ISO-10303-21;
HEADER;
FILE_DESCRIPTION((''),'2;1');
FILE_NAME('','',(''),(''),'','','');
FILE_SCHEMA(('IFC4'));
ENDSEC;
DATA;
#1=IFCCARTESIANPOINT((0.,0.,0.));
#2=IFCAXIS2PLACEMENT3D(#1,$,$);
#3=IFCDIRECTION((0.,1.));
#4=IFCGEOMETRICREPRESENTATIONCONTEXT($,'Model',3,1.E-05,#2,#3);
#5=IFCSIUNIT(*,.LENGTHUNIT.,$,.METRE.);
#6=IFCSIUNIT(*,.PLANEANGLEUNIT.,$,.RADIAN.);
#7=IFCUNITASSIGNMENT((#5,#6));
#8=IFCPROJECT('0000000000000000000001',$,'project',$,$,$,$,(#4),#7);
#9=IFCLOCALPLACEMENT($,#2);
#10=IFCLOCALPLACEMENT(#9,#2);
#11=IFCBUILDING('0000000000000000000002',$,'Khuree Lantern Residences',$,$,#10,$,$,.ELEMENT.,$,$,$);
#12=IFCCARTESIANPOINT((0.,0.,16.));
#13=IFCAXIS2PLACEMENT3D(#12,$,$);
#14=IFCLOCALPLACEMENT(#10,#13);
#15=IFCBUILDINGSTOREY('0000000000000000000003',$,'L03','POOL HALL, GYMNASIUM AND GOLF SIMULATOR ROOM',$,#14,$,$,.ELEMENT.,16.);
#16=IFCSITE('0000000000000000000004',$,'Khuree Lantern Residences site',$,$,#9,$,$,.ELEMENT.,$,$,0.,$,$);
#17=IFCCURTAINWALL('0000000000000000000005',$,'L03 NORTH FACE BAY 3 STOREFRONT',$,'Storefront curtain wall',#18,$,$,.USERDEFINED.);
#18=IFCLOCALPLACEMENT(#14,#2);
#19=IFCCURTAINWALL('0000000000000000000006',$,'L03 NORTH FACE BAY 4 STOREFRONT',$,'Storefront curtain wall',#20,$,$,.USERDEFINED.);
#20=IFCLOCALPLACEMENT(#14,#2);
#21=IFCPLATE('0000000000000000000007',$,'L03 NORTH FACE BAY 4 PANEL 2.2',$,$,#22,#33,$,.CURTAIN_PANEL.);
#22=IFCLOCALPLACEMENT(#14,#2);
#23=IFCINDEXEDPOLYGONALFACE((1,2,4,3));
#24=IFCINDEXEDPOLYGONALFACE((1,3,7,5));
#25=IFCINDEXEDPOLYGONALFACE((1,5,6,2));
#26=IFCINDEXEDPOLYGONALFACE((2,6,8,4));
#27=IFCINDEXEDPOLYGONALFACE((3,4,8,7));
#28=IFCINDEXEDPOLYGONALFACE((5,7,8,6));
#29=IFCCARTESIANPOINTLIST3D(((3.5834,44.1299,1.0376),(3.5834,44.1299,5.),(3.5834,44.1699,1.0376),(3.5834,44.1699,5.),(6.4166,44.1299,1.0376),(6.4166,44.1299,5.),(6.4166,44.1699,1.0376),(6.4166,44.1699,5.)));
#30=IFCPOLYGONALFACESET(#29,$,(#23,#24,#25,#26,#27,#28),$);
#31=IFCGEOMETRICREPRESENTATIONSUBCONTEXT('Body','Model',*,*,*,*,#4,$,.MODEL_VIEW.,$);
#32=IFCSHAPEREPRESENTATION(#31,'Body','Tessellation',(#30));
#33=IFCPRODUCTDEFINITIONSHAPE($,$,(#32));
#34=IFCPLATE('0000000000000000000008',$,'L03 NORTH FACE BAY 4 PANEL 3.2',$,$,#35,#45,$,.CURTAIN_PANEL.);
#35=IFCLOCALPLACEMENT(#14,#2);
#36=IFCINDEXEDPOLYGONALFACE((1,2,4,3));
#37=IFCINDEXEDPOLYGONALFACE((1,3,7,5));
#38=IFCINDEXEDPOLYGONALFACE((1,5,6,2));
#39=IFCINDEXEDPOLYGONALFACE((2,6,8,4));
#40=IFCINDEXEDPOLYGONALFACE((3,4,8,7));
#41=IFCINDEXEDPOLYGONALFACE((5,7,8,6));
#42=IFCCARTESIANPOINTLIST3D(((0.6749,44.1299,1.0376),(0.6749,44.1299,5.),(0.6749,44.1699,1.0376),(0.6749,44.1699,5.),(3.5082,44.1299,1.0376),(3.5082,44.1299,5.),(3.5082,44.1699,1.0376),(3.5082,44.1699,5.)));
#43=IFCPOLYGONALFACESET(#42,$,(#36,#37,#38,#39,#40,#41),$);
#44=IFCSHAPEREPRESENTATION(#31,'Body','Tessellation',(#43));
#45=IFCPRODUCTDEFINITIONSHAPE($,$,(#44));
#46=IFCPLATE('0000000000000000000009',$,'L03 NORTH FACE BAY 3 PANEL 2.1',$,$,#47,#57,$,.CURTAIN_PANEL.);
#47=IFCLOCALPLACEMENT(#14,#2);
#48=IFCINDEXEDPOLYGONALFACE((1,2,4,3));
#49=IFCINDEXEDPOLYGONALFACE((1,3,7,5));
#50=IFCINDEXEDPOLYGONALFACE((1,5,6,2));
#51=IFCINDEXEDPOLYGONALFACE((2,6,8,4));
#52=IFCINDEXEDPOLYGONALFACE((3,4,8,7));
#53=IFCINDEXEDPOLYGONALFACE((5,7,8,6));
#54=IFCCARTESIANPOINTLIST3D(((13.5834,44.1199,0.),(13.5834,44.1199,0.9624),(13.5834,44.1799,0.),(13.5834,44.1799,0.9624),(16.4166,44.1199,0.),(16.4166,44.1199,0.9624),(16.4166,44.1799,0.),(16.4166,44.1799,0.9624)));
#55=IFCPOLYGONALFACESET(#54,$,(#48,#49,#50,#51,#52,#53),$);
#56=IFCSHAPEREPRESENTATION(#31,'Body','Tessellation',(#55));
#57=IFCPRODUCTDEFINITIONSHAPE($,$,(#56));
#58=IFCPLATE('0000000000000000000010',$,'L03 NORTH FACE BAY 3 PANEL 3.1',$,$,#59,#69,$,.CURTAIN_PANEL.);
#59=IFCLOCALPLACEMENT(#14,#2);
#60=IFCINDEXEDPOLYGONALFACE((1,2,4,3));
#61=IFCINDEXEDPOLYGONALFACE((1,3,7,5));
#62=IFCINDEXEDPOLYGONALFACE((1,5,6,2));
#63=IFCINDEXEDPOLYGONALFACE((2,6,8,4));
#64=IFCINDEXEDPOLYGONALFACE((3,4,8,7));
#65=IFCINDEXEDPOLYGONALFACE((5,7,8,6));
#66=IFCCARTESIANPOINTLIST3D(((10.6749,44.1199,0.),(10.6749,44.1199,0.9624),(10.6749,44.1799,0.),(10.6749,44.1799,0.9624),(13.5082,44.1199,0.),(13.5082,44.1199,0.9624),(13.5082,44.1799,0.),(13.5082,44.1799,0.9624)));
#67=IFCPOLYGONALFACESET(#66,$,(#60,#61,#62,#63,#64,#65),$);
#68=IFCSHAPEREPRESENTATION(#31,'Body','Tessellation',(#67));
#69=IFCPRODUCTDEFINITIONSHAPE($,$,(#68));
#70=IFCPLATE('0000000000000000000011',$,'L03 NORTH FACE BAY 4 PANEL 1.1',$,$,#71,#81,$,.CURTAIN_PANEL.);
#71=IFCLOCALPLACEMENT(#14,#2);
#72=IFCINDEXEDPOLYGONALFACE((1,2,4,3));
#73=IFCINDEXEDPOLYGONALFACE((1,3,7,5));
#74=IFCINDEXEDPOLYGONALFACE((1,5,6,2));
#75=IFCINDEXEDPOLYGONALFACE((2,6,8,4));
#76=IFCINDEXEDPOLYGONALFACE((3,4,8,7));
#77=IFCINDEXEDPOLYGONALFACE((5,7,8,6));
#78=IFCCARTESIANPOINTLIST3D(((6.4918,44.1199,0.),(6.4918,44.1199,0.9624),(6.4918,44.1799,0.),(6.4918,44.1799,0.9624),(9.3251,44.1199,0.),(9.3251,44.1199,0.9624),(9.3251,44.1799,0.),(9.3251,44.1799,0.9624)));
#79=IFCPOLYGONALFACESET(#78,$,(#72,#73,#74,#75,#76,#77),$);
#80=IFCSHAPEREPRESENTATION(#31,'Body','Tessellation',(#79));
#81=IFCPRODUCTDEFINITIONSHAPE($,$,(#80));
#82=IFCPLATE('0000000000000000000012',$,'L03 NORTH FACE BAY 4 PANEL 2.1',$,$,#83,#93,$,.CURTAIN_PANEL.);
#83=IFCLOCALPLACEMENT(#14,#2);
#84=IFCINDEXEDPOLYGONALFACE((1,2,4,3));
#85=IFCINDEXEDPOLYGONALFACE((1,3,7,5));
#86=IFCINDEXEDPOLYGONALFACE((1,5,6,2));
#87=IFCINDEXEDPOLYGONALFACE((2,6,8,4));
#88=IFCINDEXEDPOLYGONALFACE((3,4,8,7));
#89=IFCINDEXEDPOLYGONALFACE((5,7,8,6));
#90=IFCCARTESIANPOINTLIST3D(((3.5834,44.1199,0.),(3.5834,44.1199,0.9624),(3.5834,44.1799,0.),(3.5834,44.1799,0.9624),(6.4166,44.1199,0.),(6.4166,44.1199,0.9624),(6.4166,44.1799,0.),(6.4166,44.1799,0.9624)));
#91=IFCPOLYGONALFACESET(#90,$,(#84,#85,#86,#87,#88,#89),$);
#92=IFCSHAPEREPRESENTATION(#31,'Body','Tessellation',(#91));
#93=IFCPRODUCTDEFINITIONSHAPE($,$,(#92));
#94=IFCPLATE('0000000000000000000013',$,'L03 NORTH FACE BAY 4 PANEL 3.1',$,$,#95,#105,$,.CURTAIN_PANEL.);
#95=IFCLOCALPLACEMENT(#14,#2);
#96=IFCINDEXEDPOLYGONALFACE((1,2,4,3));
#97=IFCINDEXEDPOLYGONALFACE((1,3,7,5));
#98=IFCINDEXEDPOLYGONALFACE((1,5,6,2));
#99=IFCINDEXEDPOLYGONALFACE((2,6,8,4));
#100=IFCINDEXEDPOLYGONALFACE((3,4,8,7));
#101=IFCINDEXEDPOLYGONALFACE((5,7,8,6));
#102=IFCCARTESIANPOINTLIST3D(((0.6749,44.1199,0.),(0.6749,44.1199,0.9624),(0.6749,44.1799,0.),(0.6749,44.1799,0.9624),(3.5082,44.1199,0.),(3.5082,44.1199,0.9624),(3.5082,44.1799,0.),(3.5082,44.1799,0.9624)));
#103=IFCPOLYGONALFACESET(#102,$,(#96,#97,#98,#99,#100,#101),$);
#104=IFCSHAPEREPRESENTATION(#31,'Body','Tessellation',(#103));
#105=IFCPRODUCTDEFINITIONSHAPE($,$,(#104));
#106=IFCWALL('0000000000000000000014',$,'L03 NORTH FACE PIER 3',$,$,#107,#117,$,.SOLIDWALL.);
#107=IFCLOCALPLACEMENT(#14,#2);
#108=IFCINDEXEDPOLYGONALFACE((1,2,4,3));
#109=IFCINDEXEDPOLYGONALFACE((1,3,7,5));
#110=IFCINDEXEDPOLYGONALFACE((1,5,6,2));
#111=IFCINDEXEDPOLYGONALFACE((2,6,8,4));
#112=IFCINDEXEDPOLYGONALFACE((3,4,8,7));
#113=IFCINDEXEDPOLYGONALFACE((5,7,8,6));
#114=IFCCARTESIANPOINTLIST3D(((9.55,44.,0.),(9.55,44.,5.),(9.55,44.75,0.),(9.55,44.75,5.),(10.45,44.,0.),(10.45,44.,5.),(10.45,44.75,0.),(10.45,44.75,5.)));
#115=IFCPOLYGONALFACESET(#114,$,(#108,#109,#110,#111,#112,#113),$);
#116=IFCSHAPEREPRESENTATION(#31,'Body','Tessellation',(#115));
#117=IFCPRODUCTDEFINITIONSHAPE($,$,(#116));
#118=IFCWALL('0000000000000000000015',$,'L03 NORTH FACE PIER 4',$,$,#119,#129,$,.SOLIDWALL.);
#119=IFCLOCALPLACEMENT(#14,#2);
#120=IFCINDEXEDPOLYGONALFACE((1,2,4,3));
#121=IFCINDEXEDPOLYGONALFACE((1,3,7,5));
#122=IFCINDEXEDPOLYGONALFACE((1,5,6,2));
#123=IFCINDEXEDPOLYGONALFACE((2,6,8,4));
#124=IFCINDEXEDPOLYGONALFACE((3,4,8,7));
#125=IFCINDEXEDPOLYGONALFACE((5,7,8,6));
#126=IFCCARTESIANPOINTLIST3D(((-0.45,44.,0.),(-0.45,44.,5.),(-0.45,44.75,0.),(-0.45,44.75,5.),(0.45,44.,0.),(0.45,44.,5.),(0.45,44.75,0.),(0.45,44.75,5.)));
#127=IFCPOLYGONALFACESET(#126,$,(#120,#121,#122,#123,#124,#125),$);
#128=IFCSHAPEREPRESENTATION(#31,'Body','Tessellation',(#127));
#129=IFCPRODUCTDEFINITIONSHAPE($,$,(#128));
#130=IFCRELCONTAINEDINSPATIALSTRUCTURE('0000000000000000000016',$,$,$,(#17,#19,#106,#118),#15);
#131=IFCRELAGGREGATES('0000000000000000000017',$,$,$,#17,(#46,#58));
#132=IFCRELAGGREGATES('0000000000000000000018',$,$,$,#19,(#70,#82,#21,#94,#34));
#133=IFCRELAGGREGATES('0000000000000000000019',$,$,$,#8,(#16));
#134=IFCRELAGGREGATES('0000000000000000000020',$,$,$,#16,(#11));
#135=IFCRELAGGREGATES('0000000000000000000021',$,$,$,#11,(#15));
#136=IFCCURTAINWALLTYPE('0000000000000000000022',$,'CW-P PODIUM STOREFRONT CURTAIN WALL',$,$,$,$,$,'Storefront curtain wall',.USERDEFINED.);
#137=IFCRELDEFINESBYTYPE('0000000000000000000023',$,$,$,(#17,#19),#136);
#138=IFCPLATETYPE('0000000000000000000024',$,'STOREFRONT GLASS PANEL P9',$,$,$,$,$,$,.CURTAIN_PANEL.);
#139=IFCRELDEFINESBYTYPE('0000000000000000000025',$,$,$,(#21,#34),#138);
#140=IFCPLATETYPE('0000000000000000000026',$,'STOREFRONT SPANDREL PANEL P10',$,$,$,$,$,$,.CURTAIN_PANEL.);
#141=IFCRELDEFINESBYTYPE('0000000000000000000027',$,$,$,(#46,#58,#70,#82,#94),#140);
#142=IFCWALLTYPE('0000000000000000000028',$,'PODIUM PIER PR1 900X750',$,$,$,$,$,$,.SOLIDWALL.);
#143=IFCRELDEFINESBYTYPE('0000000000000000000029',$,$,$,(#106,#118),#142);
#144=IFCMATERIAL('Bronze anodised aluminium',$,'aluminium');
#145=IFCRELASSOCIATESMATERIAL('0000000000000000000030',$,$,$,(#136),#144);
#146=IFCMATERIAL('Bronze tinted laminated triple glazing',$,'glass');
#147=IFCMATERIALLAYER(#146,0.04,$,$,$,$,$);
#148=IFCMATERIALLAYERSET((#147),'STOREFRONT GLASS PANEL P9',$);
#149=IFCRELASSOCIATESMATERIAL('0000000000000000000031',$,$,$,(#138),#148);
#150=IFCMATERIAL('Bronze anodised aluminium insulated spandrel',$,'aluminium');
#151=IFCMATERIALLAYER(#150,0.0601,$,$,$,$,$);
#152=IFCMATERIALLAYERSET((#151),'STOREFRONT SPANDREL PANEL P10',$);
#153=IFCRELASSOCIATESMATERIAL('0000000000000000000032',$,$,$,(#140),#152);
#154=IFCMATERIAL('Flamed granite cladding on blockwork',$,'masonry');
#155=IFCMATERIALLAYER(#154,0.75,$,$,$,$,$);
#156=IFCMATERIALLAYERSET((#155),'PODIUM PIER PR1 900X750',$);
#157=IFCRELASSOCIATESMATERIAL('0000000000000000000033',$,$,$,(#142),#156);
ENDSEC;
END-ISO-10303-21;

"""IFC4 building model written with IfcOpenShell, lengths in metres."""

from ifc_helpers import new_model, si_unit, direction, frame, frame_2d, origin, origin_2d, place, context, subcontext, project, spatial, rectangle, extrude, material, layer, layer_set, type_object, element, aggregate, save


model = new_model("IFC4")

# Units and contexts
model_context = context("Model", 3, precision=1e-05, world=origin(), true_north=direction((0.0, 1.0)))
body_context = subcontext(model_context, "Body", "Model", "MODEL_VIEW")
ifc_project = project(units=[si_unit("LENGTHUNIT", "METRE"), si_unit("PLANEANGLEUNIT", "RADIAN")], contexts=[model_context])

# Site, building, storey
site_placement = place(None, origin())
site = spatial("IfcSite", under=ifc_project, at=site_placement, Name="Khuree Lantern Residences site", CompositionType="ELEMENT", RefElevation=0.0)
building_placement = place(site_placement, origin())
building = spatial("IfcBuilding", under=site, at=building_placement, Name="Khuree Lantern Residences", CompositionType="ELEMENT")
storey_placement = place(building_placement, frame((0.0, 0.0, 16.0)))
storey = spatial("IfcBuildingStorey", under=building, at=storey_placement, Name="L03", Description="POOL HALL, GYMNASIUM AND GOLF SIMULATOR ROOM", CompositionType="ELEMENT", Elevation=16.0)

# Curtain walls
ifc_material_1 = material(Name="Bronze anodised aluminium", Category="aluminium")
curtain_wall_type = type_object("IfcCurtainWallType", Name="CW-P PODIUM STOREFRONT CURTAIN WALL", ElementType="Storefront curtain wall", PredefinedType="USERDEFINED", material=ifc_material_1)
curtain_wall_1_placement = place(storey_placement, origin())
curtain_wall_1 = element("IfcCurtainWall", 1, at=curtain_wall_1_placement, inside=storey, type_object=curtain_wall_type, Name="L03 NORTH FACE BAY 3 STOREFRONT", ObjectType="Storefront curtain wall", PredefinedType="USERDEFINED")
curtain_wall_2_placement = place(storey_placement, origin())
curtain_wall_2 = element("IfcCurtainWall", 2, at=curtain_wall_2_placement, inside=storey, type_object=curtain_wall_type, Name="L03 NORTH FACE BAY 4 STOREFRONT", ObjectType="Storefront curtain wall", PredefinedType="USERDEFINED")

# Plates
ifc_material_2 = material(Name="Bronze tinted laminated triple glazing", Category="glass")
ifc_layer_1 = layer(ifc_material_2, 0.04)
ifc_layer_set_1 = layer_set([ifc_layer_1], Name="STOREFRONT GLASS PANEL P9")
plate_type_1 = type_object("IfcPlateType", Name="STOREFRONT GLASS PANEL P9", PredefinedType="CURTAIN_PANEL", material=ifc_layer_set_1)
plate_1_placement = place(storey_placement, frame((5.0, 44.1499, 1.0376), z_axis=(0.0, 0.0, 1.0), x_axis=(-1.0, 0.0, 0.0)))
plate_1 = element("IfcPlate", 3, at=plate_1_placement, type_object=plate_type_1, Name="L03 NORTH FACE BAY 4 PANEL 2.2", PredefinedType="CURTAIN_PANEL", context=body_context, shape_type="SweptSolid", body=[
    extrude(rectangle(XDim=2.8333, YDim=0.04, at=origin_2d()), origin(), (0.0, 0.0, 1.0), 3.9624),
])
plate_2_placement = place(storey_placement, frame((2.0916, 44.1499, 1.0376), z_axis=(0.0, 0.0, 1.0), x_axis=(-1.0, 0.0, 0.0)))
plate_2 = element("IfcPlate", 4, at=plate_2_placement, type_object=plate_type_1, Name="L03 NORTH FACE BAY 4 PANEL 3.2", PredefinedType="CURTAIN_PANEL", context=body_context, shape_type="SweptSolid", body=[
    extrude(rectangle(XDim=2.8333, YDim=0.04, at=origin_2d()), origin(), (0.0, 0.0, 1.0), 3.9624),
])
ifc_material_3 = material(Name="Bronze anodised aluminium insulated spandrel", Category="aluminium")
ifc_layer_2 = layer(ifc_material_3, 0.0601)
ifc_layer_set_2 = layer_set([ifc_layer_2], Name="STOREFRONT SPANDREL PANEL P10")
plate_type_2 = type_object("IfcPlateType", Name="STOREFRONT SPANDREL PANEL P10", PredefinedType="CURTAIN_PANEL", material=ifc_layer_set_2)
plate_3_placement = place(storey_placement, frame((15.0, 44.1499, 0.0), z_axis=(0.0, 0.0, 1.0), x_axis=(-1.0, 0.0, 0.0)))
plate_3 = element("IfcPlate", 5, at=plate_3_placement, type_object=plate_type_2, Name="L03 NORTH FACE BAY 3 PANEL 2.1", PredefinedType="CURTAIN_PANEL", context=body_context, shape_type="SweptSolid", body=[
    extrude(rectangle(XDim=2.8333, YDim=0.0601, at=origin_2d()), origin(), (0.0, 0.0, 1.0), 0.9624),
])
plate_4_placement = place(storey_placement, frame((12.0916, 44.1499, 0.0), z_axis=(0.0, 0.0, 1.0), x_axis=(-1.0, 0.0, 0.0)))
plate_4 = element("IfcPlate", 6, at=plate_4_placement, type_object=plate_type_2, Name="L03 NORTH FACE BAY 3 PANEL 3.1", PredefinedType="CURTAIN_PANEL", context=body_context, shape_type="SweptSolid", body=[
    extrude(rectangle(XDim=2.8333, YDim=0.0601, at=origin_2d()), origin(), (0.0, 0.0, 1.0), 0.9624),
])
aggregate(curtain_wall_1, [plate_3, plate_4])
plate_5_placement = place(storey_placement, frame((7.9084, 44.1499, 0.0), z_axis=(0.0, 0.0, 1.0), x_axis=(-1.0, 0.0, 0.0)))
plate_5 = element("IfcPlate", 7, at=plate_5_placement, type_object=plate_type_2, Name="L03 NORTH FACE BAY 4 PANEL 1.1", PredefinedType="CURTAIN_PANEL", context=body_context, shape_type="SweptSolid", body=[
    extrude(rectangle(XDim=2.8333, YDim=0.0601, at=origin_2d()), origin(), (0.0, 0.0, 1.0), 0.9624),
])
plate_6_placement = place(storey_placement, frame((5.0, 44.1499, 0.0), z_axis=(0.0, 0.0, 1.0), x_axis=(-1.0, 0.0, 0.0)))
plate_6 = element("IfcPlate", 8, at=plate_6_placement, type_object=plate_type_2, Name="L03 NORTH FACE BAY 4 PANEL 2.1", PredefinedType="CURTAIN_PANEL", context=body_context, shape_type="SweptSolid", body=[
    extrude(rectangle(XDim=2.8333, YDim=0.0601, at=origin_2d()), origin(), (0.0, 0.0, 1.0), 0.9624),
])
plate_7_placement = place(storey_placement, frame((2.0916, 44.1499, 0.0), z_axis=(0.0, 0.0, 1.0), x_axis=(-1.0, 0.0, 0.0)))
plate_7 = element("IfcPlate", 9, at=plate_7_placement, type_object=plate_type_2, Name="L03 NORTH FACE BAY 4 PANEL 3.1", PredefinedType="CURTAIN_PANEL", context=body_context, shape_type="SweptSolid", body=[
    extrude(rectangle(XDim=2.8333, YDim=0.0601, at=origin_2d()), origin(), (0.0, 0.0, 1.0), 0.9624),
])
aggregate(curtain_wall_2, [plate_5, plate_6, plate_1, plate_7, plate_2])

# Walls
ifc_material_4 = material(Name="Flamed granite cladding on blockwork", Category="masonry")
ifc_layer_3 = layer(ifc_material_4, 0.75)
ifc_layer_set_3 = layer_set([ifc_layer_3], Name="PODIUM PIER PR1 900X750")
wall_type = type_object("IfcWallType", Name="PODIUM PIER PR1 900X750", PredefinedType="SOLIDWALL", material=ifc_layer_set_3)
for number, where, z_axis, x_axis, name in (
    (10, (10.45, 44.375, 0.0), (0.0, 0.0, 1.0), (-1.0, 0.0, 0.0), "L03 NORTH FACE PIER 3"),
    (11, (0.45, 44.375, 0.0), (0.0, 0.0, 1.0), (-1.0, 0.0, 0.0), "L03 NORTH FACE PIER 4"),
):
    element("IfcWall", number, at=place(storey_placement, frame(where, z_axis=z_axis, x_axis=x_axis)), inside=storey, type_object=wall_type, Name=name, PredefinedType="SOLIDWALL", context=body_context, shape_type="SweptSolid", body=[
        extrude(rectangle(XDim=0.8999, YDim=0.75, at=frame_2d((0.45, 0.0))), origin(), (0.0, 0.0, 1.0), 5.0),
    ])

save(model, "model.ifc")
